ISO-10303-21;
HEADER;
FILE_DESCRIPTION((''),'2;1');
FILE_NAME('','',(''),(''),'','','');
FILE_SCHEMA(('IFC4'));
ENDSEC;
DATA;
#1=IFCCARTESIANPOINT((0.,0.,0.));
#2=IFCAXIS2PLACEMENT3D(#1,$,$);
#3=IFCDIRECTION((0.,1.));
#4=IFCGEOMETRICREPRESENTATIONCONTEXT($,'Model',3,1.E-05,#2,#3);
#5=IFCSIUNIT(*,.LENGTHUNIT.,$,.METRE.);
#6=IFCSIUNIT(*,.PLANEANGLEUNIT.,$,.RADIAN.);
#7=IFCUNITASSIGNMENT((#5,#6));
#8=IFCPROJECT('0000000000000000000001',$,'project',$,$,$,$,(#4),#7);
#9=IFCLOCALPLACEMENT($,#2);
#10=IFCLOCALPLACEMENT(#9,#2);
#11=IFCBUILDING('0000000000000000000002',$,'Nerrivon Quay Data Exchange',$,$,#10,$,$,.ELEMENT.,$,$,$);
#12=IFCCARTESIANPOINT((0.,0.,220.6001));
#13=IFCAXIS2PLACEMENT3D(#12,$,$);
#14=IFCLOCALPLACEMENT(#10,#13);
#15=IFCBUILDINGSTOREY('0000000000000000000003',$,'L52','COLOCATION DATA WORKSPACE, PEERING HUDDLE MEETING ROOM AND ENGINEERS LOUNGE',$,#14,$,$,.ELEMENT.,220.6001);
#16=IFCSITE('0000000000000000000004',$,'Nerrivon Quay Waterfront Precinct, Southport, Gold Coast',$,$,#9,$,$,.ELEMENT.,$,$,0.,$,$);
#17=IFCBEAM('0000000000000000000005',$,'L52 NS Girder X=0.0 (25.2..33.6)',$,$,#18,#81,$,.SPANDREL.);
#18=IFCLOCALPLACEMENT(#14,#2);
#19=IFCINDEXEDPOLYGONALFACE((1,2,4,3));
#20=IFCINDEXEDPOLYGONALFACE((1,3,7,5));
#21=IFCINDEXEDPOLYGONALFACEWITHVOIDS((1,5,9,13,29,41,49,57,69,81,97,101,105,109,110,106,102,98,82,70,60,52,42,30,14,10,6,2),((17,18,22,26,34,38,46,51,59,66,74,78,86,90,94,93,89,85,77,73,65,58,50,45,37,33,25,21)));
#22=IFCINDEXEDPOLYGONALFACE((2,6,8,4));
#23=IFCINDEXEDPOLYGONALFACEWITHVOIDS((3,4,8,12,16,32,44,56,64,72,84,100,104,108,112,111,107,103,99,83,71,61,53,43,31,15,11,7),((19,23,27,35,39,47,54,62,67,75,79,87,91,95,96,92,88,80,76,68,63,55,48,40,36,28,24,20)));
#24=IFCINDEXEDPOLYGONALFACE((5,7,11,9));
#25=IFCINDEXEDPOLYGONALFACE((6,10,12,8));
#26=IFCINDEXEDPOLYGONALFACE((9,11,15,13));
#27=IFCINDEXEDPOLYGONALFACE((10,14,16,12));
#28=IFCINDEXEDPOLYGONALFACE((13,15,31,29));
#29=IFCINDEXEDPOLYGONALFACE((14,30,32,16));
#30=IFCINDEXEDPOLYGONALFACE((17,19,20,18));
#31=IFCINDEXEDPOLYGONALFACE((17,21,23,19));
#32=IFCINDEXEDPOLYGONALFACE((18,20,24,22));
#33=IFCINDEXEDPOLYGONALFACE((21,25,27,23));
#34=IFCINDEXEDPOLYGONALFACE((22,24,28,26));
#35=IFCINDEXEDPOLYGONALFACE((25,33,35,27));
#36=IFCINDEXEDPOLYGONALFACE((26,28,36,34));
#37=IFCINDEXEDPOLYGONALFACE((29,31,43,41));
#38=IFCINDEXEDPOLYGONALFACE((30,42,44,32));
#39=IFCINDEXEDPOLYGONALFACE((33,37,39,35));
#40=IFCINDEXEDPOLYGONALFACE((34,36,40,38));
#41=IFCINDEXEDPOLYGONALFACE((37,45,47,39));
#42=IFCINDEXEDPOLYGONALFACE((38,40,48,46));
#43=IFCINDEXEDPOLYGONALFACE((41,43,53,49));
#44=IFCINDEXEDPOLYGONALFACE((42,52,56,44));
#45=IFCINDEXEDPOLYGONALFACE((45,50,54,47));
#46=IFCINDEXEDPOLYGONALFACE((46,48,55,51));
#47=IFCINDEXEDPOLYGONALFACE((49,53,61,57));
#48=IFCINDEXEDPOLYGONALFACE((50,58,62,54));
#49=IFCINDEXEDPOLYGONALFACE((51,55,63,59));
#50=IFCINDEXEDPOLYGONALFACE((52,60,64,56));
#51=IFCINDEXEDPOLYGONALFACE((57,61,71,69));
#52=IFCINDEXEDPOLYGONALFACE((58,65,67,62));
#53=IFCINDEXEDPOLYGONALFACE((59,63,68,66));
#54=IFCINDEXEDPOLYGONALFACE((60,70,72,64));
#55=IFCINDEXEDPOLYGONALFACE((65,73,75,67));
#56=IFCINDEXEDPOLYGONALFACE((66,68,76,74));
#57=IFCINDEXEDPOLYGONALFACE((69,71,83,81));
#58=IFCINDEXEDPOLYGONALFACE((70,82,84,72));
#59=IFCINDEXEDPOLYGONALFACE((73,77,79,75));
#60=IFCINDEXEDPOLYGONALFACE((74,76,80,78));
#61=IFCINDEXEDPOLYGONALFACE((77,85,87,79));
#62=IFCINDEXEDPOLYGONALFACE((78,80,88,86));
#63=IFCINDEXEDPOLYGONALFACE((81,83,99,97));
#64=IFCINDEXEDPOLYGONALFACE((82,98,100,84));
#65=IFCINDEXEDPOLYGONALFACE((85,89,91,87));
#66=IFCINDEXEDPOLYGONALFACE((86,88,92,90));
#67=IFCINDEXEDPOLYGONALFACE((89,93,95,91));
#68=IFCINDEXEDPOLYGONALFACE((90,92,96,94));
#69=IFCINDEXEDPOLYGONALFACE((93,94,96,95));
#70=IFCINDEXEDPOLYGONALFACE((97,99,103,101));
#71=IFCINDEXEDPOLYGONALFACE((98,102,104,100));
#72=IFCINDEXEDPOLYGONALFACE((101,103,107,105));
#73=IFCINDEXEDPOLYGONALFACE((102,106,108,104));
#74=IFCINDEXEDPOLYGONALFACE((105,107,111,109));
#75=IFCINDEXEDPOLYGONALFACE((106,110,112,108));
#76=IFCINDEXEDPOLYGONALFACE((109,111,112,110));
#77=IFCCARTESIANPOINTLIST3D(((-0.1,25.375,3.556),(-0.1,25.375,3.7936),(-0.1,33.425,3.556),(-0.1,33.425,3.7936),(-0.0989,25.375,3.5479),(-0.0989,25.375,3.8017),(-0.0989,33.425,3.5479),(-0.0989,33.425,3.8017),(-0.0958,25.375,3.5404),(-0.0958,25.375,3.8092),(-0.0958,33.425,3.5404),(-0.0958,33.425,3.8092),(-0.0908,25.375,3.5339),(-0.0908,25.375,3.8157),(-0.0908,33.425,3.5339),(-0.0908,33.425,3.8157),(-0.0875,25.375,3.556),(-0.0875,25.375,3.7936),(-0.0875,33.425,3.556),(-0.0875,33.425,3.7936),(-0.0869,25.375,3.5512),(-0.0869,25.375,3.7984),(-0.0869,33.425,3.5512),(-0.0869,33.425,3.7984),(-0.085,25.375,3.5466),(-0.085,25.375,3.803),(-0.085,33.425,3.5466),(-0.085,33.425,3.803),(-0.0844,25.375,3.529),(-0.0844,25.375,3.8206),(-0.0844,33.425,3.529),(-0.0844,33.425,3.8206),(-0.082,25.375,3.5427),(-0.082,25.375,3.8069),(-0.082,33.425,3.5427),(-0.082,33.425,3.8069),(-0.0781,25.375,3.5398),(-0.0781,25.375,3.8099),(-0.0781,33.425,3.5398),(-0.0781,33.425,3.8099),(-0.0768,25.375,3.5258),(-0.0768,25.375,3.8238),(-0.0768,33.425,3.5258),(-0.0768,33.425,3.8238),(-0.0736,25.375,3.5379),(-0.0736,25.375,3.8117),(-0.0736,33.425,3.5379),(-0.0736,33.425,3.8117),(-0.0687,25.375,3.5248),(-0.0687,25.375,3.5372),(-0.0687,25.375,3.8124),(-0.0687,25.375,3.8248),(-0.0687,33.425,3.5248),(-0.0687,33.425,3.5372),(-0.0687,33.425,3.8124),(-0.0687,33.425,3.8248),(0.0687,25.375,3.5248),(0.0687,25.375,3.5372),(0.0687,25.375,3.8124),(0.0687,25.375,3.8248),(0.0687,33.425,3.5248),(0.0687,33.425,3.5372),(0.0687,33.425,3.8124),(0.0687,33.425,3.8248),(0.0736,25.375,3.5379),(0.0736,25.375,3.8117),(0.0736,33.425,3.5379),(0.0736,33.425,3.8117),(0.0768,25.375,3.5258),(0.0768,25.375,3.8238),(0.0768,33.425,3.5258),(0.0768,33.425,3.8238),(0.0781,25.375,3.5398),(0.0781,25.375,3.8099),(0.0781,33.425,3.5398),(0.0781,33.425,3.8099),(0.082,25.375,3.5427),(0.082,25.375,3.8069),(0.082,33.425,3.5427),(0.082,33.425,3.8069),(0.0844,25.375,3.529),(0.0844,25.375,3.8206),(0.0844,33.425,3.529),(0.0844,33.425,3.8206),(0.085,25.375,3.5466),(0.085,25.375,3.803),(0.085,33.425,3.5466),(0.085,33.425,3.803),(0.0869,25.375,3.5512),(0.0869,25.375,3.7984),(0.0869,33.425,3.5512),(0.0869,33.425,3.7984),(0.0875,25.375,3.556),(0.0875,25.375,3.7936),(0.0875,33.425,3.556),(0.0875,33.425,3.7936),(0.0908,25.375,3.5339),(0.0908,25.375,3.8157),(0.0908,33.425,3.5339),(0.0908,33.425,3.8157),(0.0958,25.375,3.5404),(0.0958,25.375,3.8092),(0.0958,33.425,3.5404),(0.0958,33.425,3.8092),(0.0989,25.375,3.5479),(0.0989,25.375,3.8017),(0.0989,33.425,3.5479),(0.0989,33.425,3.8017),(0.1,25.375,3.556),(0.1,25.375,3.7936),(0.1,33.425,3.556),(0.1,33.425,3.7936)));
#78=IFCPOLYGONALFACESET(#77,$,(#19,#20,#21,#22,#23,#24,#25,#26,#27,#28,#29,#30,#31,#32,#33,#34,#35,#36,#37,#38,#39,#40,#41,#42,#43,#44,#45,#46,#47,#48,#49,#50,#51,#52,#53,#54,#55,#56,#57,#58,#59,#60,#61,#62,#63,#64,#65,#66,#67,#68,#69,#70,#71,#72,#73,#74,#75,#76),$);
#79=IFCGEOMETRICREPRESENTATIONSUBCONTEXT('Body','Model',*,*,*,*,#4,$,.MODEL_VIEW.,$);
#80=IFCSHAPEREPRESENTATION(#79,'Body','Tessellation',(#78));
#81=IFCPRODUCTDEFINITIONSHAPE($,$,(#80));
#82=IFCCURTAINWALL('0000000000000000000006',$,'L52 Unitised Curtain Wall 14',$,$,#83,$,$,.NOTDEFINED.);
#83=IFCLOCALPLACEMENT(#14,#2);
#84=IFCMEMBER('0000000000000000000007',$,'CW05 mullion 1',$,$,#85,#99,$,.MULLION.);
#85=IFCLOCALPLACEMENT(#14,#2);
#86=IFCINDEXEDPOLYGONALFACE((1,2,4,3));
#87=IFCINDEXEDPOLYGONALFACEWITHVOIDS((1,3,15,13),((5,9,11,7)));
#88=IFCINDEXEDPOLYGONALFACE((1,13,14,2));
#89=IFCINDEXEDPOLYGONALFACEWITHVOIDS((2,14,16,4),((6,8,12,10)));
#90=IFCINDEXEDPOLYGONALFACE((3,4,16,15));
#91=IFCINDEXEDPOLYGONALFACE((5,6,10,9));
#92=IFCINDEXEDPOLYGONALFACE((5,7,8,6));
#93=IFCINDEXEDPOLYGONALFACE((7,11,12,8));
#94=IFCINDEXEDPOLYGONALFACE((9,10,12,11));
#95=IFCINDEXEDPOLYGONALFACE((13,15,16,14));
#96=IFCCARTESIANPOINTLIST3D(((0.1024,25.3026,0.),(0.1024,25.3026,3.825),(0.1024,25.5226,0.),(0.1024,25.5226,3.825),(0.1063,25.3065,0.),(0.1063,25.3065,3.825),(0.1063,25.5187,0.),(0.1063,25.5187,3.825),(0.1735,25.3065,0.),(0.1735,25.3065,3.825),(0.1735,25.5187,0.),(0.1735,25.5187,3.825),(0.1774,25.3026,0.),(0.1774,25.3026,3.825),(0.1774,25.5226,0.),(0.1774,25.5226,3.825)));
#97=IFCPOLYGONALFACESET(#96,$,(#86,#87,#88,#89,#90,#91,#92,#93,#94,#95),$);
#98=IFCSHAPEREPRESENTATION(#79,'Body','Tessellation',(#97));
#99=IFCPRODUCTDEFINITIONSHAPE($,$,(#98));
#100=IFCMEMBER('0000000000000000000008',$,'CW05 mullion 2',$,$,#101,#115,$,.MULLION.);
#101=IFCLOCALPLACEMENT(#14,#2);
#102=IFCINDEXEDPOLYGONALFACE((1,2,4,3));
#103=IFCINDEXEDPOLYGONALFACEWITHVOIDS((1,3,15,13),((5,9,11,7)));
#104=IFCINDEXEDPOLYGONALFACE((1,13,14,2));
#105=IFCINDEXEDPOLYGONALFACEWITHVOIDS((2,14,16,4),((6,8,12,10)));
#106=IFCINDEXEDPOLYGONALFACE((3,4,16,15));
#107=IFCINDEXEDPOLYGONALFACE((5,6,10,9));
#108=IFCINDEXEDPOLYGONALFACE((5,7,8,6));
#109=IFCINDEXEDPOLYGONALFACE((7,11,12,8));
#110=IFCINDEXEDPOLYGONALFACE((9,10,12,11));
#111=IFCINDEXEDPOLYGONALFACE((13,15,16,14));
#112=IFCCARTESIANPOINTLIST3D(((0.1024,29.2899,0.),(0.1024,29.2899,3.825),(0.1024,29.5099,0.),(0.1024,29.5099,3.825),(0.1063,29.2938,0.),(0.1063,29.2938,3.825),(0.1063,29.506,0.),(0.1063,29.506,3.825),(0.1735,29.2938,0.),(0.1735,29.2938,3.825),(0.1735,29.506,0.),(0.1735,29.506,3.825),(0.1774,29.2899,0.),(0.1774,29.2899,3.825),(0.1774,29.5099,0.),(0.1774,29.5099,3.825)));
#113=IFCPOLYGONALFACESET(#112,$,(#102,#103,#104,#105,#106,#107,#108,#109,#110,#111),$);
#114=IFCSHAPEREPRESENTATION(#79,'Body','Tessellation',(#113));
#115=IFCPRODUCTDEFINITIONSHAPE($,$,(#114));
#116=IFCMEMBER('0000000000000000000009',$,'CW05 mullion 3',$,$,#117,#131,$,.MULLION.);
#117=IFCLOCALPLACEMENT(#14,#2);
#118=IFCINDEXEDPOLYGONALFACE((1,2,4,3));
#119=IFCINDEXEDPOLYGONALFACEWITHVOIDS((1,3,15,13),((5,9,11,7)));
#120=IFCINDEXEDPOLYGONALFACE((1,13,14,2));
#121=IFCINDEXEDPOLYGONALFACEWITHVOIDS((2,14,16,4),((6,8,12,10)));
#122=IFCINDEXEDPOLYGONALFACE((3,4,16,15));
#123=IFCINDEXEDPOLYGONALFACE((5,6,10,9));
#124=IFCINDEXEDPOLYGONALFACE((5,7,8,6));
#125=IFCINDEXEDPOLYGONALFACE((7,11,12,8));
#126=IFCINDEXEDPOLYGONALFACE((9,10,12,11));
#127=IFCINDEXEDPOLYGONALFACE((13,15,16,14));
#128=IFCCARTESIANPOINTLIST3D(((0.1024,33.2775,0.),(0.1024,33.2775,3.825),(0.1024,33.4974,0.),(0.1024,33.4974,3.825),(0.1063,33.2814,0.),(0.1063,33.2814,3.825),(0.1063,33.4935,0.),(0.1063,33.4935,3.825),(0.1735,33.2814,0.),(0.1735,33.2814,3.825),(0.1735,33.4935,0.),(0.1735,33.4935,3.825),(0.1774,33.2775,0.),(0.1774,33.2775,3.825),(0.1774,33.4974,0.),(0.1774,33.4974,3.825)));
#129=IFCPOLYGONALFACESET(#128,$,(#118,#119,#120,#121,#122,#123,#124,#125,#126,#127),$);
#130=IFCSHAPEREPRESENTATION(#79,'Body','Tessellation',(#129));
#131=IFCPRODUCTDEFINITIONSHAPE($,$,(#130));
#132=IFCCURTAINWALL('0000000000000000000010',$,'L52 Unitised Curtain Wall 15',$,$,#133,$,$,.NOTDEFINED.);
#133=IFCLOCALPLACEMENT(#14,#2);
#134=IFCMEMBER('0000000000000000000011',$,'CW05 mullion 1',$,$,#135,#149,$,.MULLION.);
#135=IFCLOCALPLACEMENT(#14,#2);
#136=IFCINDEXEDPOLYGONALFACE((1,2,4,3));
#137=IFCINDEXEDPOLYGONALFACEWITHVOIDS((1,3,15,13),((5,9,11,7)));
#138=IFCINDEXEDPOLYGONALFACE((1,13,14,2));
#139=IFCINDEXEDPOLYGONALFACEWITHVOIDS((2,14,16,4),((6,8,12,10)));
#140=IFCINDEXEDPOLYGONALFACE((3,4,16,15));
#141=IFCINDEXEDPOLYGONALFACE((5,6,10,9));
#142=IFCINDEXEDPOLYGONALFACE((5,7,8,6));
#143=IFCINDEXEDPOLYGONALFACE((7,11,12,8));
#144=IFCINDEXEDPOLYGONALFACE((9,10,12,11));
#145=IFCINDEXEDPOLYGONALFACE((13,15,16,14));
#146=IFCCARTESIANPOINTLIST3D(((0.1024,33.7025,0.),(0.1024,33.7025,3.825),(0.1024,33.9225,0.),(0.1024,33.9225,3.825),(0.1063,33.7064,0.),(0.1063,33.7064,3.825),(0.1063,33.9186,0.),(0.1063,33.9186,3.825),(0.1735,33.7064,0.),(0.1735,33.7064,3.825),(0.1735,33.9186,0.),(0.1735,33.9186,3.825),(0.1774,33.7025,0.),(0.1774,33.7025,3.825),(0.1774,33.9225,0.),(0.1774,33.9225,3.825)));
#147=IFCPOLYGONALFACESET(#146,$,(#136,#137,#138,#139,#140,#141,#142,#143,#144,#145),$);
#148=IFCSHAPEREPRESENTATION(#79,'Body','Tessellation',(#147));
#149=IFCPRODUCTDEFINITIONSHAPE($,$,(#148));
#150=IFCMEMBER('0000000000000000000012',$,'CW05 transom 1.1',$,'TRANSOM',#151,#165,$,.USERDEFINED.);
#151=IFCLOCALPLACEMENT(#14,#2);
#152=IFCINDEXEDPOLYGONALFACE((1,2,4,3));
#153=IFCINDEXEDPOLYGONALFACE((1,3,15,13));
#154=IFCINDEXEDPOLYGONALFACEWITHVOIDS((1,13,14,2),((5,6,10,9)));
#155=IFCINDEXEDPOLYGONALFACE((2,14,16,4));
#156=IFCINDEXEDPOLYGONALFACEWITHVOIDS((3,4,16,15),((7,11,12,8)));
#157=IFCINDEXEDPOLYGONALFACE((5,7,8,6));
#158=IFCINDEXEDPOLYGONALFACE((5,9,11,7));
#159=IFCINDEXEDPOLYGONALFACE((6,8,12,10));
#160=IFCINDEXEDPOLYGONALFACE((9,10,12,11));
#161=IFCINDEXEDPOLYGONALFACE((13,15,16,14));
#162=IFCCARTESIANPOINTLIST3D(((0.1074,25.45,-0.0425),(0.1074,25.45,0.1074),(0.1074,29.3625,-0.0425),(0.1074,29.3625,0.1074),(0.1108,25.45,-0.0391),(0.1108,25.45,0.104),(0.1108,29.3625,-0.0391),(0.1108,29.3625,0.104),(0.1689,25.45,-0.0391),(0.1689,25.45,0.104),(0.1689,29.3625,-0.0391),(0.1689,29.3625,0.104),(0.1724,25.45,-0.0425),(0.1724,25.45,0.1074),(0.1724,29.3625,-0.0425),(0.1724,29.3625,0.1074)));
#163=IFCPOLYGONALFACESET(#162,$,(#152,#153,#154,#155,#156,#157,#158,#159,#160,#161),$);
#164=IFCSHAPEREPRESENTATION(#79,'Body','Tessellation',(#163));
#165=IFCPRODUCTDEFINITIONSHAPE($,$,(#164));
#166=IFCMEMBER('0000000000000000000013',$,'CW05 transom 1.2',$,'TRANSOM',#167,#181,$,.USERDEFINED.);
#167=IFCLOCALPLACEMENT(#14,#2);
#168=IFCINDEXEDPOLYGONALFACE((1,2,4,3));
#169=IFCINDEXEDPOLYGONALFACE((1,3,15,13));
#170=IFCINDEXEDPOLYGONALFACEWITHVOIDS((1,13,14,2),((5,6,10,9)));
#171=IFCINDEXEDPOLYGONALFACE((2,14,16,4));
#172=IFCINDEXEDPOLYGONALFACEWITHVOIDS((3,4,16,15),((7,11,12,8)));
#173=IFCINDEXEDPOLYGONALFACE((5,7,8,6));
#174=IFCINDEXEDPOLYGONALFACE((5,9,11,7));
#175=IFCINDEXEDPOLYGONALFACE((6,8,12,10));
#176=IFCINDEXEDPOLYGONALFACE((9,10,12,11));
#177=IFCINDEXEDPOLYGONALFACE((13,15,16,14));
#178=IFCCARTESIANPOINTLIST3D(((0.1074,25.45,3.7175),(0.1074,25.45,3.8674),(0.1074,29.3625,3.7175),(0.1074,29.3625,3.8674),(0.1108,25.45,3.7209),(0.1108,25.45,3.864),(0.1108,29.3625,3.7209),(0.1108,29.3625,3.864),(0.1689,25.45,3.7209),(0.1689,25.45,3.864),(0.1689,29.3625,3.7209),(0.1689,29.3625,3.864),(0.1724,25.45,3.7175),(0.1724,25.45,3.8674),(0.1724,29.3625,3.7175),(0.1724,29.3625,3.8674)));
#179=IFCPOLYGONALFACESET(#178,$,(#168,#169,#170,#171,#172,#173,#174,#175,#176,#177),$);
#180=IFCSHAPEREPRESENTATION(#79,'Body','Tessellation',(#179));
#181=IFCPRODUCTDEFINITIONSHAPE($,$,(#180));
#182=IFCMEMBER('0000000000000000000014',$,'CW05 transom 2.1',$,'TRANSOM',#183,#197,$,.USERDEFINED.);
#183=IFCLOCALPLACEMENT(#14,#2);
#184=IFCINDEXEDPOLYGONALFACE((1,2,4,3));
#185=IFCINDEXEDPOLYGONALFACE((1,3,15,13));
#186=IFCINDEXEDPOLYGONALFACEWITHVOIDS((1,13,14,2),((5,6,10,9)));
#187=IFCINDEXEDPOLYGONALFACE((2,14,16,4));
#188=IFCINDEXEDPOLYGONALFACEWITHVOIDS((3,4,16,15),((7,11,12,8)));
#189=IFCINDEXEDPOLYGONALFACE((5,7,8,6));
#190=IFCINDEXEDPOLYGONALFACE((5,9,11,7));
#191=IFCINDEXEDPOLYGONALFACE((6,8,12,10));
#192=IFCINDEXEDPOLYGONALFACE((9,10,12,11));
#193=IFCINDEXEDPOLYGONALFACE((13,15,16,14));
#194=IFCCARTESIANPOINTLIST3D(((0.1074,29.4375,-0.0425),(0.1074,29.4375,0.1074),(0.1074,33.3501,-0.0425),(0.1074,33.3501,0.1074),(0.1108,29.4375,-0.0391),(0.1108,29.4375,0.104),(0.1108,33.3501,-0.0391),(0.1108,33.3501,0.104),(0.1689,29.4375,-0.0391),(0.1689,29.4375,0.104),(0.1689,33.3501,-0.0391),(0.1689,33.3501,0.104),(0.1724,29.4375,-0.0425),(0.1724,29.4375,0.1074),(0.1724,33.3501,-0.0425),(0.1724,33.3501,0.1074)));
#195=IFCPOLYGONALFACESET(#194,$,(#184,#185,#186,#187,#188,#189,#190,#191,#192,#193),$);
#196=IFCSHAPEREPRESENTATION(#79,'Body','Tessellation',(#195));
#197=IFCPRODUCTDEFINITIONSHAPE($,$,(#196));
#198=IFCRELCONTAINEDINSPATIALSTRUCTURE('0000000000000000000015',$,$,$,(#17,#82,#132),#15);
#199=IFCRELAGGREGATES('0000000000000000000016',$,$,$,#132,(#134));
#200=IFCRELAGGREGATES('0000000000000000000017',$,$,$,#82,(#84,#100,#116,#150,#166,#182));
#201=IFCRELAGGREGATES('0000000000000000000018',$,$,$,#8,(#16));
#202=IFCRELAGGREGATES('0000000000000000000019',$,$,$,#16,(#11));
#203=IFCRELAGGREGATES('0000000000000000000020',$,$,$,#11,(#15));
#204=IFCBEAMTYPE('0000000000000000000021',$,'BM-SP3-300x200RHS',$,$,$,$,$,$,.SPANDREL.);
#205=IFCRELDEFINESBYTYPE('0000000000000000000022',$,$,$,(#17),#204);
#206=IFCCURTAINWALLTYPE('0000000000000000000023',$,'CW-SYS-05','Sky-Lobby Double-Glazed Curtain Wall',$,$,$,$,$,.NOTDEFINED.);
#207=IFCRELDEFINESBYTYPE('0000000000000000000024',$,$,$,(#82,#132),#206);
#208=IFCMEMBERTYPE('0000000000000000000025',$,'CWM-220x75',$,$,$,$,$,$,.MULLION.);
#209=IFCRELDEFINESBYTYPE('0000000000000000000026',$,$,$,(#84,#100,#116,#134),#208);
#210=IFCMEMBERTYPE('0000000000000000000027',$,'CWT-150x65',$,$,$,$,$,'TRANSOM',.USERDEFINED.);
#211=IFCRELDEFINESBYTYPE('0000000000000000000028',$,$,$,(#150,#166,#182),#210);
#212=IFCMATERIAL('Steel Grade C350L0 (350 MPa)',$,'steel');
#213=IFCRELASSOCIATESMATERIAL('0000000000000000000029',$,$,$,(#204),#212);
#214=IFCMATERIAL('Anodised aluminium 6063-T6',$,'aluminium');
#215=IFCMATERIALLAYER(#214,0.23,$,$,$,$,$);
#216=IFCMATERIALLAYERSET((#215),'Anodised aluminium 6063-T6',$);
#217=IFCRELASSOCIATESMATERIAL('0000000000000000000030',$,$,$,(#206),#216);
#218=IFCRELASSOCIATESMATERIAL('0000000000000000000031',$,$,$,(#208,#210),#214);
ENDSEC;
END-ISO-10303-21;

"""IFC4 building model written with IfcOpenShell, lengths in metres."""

from ifc_helpers import new_model, si_unit, direction, frame, origin, origin_2d, place, context, subcontext, project, spatial, hollow_rectangle, extrude, material, layer, layer_set, material_profile, profile_set, type_object, element, aggregate, save


model = new_model("IFC4")

# Units and contexts
model_context = context("Model", 3, precision=1e-05, world=origin(), true_north=direction((0.0, 1.0)))
body_context = subcontext(model_context, "Body", "Model", "MODEL_VIEW")
ifc_project = project(units=[si_unit("LENGTHUNIT", "METRE"), si_unit("PLANEANGLEUNIT", "RADIAN")], contexts=[model_context])

# Site, building, storey
site_placement = place(None, origin())
site = spatial("IfcSite", under=ifc_project, at=site_placement, Name="Nerrivon Quay Waterfront Precinct, Southport, Gold Coast", CompositionType="ELEMENT", RefElevation=0.0)
building_placement = place(site_placement, origin())
building = spatial("IfcBuilding", under=site, at=building_placement, Name="Nerrivon Quay Data Exchange", CompositionType="ELEMENT")
storey_placement = place(building_placement, frame((0.0, 0.0, 220.6001)))
storey = spatial("IfcBuildingStorey", under=building, at=storey_placement, Name="L52", Description="COLOCATION DATA WORKSPACE, PEERING HUDDLE MEETING ROOM AND ENGINEERS LOUNGE", CompositionType="ELEMENT", Elevation=220.6001)

# Beam
ifc_material_1 = material(Name="Steel Grade C350L0 (350 MPa)", Category="steel")
ifc_material_profile_1 = material_profile(ifc_material_1, hollow_rectangle(XDim=0.2, YDim=0.3, WallThickness=0.0125, InnerFilletRadius=0.0188, OuterFilletRadius=0.0312, at=origin_2d()), Name="300x200x12.5RHS")
ifc_profile_set_1 = profile_set([ifc_material_profile_1], Name="Steel Grade C350L0 (350 MPa)")
beam_type_1 = type_object("IfcBeamType", Name="BM-SP3-300x200RHS", PredefinedType="SPANDREL", material=ifc_profile_set_1)
beam_1_placement = place(storey_placement, frame((0.0, 25.375, 3.6748), z_axis=(0.0, 1.0, 0.0), x_axis=(-1.0, 0.0, 0.0)))
element("IfcBeam", 1, at=beam_1_placement, inside=storey, type_object=beam_type_1, Name="L52 NS Girder X=0.0 (25.2..33.6)", PredefinedType="SPANDREL", context=body_context, shape_type="SweptSolid", body=[
    extrude(hollow_rectangle(XDim=0.2, YDim=0.3, WallThickness=0.0125, InnerFilletRadius=0.0188, OuterFilletRadius=0.0312, at=origin_2d()), origin(), (0.0, 0.0, 1.0), 8.05),
])

# Curtain wall, members
ifc_material_2 = material(Name="Anodised aluminium 6063-T6", Category="aluminium")
ifc_layer_1 = layer(ifc_material_2, 0.23)
ifc_layer_set_1 = layer_set([ifc_layer_1], Name="Anodised aluminium 6063-T6")
curtain_wall_type = type_object("IfcCurtainWallType", Name="CW-SYS-05", Description="Sky-Lobby Double-Glazed Curtain Wall", PredefinedType="NOTDEFINED", material=ifc_layer_set_1)
curtain_wall_1_placement = place(storey_placement, origin())
curtain_wall_1 = element("IfcCurtainWall", 2, at=curtain_wall_1_placement, inside=storey, type_object=curtain_wall_type, Name="L52 Unitised Curtain Wall 14", PredefinedType="NOTDEFINED")
ifc_material_profile_2 = material_profile(ifc_material_2, hollow_rectangle(XDim=0.075, YDim=0.22, WallThickness=0.0039, at=origin_2d()), Name="ALU-MULL-220x75")
ifc_profile_set_2 = profile_set([ifc_material_profile_2], Name="Anodised aluminium 6063-T6")
member_type_1 = type_object("IfcMemberType", Name="CWM-220x75", PredefinedType="MULLION", material=ifc_profile_set_2)
member_1_placement = place(storey_placement, frame((0.1399, 25.4126, 0.0), z_axis=(0.0, 0.0, 1.0), x_axis=(-1.0, 0.0, 0.0)))
member_1 = element("IfcMember", 3, at=member_1_placement, type_object=member_type_1, Name="CW05 mullion 1", PredefinedType="MULLION", context=body_context, shape_type="SweptSolid", body=[
    extrude(hollow_rectangle(XDim=0.075, YDim=0.22, WallThickness=0.0039, at=origin_2d()), origin(), (0.0, 0.0, 1.0), 3.825),
])
member_2_placement = place(storey_placement, frame((0.1399, 29.3999, 0.0), z_axis=(0.0, 0.0, 1.0), x_axis=(-1.0, 0.0, 0.0)))
member_2 = element("IfcMember", 4, at=member_2_placement, type_object=member_type_1, Name="CW05 mullion 2", PredefinedType="MULLION", context=body_context, shape_type="SweptSolid", body=[
    extrude(hollow_rectangle(XDim=0.075, YDim=0.22, WallThickness=0.0039, at=origin_2d()), origin(), (0.0, 0.0, 1.0), 3.825),
])
member_3_placement = place(storey_placement, frame((0.1399, 33.3875, 0.0), z_axis=(0.0, 0.0, 1.0), x_axis=(-1.0, 0.0, 0.0)))
member_3 = element("IfcMember", 5, at=member_3_placement, type_object=member_type_1, Name="CW05 mullion 3", PredefinedType="MULLION", context=body_context, shape_type="SweptSolid", body=[
    extrude(hollow_rectangle(XDim=0.075, YDim=0.22, WallThickness=0.0039, at=origin_2d()), origin(), (0.0, 0.0, 1.0), 3.825),
])

# Curtain wall, member
curtain_wall_2_placement = place(storey_placement, origin())
curtain_wall_2 = element("IfcCurtainWall", 6, at=curtain_wall_2_placement, inside=storey, type_object=curtain_wall_type, Name="L52 Unitised Curtain Wall 15", PredefinedType="NOTDEFINED")
member_4_placement = place(storey_placement, frame((0.1399, 33.8125, 0.0), z_axis=(0.0, 0.0, 1.0), x_axis=(-1.0, 0.0, 0.0)))
member_4 = element("IfcMember", 7, at=member_4_placement, type_object=member_type_1, Name="CW05 mullion 1", PredefinedType="MULLION", context=body_context, shape_type="SweptSolid", body=[
    extrude(hollow_rectangle(XDim=0.075, YDim=0.22, WallThickness=0.0039, at=origin_2d()), origin(), (0.0, 0.0, 1.0), 3.825),
])

# Members
ifc_material_profile_3 = material_profile(ifc_material_2, hollow_rectangle(XDim=0.0649, YDim=0.1499, WallThickness=0.0034, at=origin_2d()), Name="ALU-TRAN-150x65")
ifc_profile_set_3 = profile_set([ifc_material_profile_3], Name="Anodised aluminium 6063-T6")
member_type_2 = type_object("IfcMemberType", Name="CWT-150x65", ElementType="TRANSOM", PredefinedType="USERDEFINED", material=ifc_profile_set_3)
member_5_placement = place(storey_placement, frame((0.1399, 25.45, 0.0325), z_axis=(0.0, 1.0, 0.0), x_axis=(-1.0, 0.0, 0.0)))
member_5 = element("IfcMember", 8, at=member_5_placement, type_object=member_type_2, Name="CW05 transom 1.1", ObjectType="TRANSOM", PredefinedType="USERDEFINED", context=body_context, shape_type="SweptSolid", body=[
    extrude(hollow_rectangle(XDim=0.0649, YDim=0.1499, WallThickness=0.0034, at=origin_2d()), origin(), (0.0, 0.0, 1.0), 3.9126),
])
member_6_placement = place(storey_placement, frame((0.1399, 25.45, 3.7925), z_axis=(0.0, 1.0, 0.0), x_axis=(-1.0, 0.0, 0.0)))
member_6 = element("IfcMember", 9, at=member_6_placement, type_object=member_type_2, Name="CW05 transom 1.2", ObjectType="TRANSOM", PredefinedType="USERDEFINED", context=body_context, shape_type="SweptSolid", body=[
    extrude(hollow_rectangle(XDim=0.0649, YDim=0.1499, WallThickness=0.0034, at=origin_2d()), origin(), (0.0, 0.0, 1.0), 3.9126),
])
member_7_placement = place(storey_placement, frame((0.1399, 29.4375, 0.0325), z_axis=(0.0, 1.0, 0.0), x_axis=(-1.0, 0.0, 0.0)))
member_7 = element("IfcMember", 10, at=member_7_placement, type_object=member_type_2, Name="CW05 transom 2.1", ObjectType="TRANSOM", PredefinedType="USERDEFINED", context=body_context, shape_type="SweptSolid", body=[
    extrude(hollow_rectangle(XDim=0.0649, YDim=0.1499, WallThickness=0.0034, at=origin_2d()), origin(), (0.0, 0.0, 1.0), 3.9126),
])
aggregate(curtain_wall_2, [member_4])

aggregate(curtain_wall_1, [member_1, member_2, member_3, member_5, member_6, member_7])

save(model, "model.ifc")
